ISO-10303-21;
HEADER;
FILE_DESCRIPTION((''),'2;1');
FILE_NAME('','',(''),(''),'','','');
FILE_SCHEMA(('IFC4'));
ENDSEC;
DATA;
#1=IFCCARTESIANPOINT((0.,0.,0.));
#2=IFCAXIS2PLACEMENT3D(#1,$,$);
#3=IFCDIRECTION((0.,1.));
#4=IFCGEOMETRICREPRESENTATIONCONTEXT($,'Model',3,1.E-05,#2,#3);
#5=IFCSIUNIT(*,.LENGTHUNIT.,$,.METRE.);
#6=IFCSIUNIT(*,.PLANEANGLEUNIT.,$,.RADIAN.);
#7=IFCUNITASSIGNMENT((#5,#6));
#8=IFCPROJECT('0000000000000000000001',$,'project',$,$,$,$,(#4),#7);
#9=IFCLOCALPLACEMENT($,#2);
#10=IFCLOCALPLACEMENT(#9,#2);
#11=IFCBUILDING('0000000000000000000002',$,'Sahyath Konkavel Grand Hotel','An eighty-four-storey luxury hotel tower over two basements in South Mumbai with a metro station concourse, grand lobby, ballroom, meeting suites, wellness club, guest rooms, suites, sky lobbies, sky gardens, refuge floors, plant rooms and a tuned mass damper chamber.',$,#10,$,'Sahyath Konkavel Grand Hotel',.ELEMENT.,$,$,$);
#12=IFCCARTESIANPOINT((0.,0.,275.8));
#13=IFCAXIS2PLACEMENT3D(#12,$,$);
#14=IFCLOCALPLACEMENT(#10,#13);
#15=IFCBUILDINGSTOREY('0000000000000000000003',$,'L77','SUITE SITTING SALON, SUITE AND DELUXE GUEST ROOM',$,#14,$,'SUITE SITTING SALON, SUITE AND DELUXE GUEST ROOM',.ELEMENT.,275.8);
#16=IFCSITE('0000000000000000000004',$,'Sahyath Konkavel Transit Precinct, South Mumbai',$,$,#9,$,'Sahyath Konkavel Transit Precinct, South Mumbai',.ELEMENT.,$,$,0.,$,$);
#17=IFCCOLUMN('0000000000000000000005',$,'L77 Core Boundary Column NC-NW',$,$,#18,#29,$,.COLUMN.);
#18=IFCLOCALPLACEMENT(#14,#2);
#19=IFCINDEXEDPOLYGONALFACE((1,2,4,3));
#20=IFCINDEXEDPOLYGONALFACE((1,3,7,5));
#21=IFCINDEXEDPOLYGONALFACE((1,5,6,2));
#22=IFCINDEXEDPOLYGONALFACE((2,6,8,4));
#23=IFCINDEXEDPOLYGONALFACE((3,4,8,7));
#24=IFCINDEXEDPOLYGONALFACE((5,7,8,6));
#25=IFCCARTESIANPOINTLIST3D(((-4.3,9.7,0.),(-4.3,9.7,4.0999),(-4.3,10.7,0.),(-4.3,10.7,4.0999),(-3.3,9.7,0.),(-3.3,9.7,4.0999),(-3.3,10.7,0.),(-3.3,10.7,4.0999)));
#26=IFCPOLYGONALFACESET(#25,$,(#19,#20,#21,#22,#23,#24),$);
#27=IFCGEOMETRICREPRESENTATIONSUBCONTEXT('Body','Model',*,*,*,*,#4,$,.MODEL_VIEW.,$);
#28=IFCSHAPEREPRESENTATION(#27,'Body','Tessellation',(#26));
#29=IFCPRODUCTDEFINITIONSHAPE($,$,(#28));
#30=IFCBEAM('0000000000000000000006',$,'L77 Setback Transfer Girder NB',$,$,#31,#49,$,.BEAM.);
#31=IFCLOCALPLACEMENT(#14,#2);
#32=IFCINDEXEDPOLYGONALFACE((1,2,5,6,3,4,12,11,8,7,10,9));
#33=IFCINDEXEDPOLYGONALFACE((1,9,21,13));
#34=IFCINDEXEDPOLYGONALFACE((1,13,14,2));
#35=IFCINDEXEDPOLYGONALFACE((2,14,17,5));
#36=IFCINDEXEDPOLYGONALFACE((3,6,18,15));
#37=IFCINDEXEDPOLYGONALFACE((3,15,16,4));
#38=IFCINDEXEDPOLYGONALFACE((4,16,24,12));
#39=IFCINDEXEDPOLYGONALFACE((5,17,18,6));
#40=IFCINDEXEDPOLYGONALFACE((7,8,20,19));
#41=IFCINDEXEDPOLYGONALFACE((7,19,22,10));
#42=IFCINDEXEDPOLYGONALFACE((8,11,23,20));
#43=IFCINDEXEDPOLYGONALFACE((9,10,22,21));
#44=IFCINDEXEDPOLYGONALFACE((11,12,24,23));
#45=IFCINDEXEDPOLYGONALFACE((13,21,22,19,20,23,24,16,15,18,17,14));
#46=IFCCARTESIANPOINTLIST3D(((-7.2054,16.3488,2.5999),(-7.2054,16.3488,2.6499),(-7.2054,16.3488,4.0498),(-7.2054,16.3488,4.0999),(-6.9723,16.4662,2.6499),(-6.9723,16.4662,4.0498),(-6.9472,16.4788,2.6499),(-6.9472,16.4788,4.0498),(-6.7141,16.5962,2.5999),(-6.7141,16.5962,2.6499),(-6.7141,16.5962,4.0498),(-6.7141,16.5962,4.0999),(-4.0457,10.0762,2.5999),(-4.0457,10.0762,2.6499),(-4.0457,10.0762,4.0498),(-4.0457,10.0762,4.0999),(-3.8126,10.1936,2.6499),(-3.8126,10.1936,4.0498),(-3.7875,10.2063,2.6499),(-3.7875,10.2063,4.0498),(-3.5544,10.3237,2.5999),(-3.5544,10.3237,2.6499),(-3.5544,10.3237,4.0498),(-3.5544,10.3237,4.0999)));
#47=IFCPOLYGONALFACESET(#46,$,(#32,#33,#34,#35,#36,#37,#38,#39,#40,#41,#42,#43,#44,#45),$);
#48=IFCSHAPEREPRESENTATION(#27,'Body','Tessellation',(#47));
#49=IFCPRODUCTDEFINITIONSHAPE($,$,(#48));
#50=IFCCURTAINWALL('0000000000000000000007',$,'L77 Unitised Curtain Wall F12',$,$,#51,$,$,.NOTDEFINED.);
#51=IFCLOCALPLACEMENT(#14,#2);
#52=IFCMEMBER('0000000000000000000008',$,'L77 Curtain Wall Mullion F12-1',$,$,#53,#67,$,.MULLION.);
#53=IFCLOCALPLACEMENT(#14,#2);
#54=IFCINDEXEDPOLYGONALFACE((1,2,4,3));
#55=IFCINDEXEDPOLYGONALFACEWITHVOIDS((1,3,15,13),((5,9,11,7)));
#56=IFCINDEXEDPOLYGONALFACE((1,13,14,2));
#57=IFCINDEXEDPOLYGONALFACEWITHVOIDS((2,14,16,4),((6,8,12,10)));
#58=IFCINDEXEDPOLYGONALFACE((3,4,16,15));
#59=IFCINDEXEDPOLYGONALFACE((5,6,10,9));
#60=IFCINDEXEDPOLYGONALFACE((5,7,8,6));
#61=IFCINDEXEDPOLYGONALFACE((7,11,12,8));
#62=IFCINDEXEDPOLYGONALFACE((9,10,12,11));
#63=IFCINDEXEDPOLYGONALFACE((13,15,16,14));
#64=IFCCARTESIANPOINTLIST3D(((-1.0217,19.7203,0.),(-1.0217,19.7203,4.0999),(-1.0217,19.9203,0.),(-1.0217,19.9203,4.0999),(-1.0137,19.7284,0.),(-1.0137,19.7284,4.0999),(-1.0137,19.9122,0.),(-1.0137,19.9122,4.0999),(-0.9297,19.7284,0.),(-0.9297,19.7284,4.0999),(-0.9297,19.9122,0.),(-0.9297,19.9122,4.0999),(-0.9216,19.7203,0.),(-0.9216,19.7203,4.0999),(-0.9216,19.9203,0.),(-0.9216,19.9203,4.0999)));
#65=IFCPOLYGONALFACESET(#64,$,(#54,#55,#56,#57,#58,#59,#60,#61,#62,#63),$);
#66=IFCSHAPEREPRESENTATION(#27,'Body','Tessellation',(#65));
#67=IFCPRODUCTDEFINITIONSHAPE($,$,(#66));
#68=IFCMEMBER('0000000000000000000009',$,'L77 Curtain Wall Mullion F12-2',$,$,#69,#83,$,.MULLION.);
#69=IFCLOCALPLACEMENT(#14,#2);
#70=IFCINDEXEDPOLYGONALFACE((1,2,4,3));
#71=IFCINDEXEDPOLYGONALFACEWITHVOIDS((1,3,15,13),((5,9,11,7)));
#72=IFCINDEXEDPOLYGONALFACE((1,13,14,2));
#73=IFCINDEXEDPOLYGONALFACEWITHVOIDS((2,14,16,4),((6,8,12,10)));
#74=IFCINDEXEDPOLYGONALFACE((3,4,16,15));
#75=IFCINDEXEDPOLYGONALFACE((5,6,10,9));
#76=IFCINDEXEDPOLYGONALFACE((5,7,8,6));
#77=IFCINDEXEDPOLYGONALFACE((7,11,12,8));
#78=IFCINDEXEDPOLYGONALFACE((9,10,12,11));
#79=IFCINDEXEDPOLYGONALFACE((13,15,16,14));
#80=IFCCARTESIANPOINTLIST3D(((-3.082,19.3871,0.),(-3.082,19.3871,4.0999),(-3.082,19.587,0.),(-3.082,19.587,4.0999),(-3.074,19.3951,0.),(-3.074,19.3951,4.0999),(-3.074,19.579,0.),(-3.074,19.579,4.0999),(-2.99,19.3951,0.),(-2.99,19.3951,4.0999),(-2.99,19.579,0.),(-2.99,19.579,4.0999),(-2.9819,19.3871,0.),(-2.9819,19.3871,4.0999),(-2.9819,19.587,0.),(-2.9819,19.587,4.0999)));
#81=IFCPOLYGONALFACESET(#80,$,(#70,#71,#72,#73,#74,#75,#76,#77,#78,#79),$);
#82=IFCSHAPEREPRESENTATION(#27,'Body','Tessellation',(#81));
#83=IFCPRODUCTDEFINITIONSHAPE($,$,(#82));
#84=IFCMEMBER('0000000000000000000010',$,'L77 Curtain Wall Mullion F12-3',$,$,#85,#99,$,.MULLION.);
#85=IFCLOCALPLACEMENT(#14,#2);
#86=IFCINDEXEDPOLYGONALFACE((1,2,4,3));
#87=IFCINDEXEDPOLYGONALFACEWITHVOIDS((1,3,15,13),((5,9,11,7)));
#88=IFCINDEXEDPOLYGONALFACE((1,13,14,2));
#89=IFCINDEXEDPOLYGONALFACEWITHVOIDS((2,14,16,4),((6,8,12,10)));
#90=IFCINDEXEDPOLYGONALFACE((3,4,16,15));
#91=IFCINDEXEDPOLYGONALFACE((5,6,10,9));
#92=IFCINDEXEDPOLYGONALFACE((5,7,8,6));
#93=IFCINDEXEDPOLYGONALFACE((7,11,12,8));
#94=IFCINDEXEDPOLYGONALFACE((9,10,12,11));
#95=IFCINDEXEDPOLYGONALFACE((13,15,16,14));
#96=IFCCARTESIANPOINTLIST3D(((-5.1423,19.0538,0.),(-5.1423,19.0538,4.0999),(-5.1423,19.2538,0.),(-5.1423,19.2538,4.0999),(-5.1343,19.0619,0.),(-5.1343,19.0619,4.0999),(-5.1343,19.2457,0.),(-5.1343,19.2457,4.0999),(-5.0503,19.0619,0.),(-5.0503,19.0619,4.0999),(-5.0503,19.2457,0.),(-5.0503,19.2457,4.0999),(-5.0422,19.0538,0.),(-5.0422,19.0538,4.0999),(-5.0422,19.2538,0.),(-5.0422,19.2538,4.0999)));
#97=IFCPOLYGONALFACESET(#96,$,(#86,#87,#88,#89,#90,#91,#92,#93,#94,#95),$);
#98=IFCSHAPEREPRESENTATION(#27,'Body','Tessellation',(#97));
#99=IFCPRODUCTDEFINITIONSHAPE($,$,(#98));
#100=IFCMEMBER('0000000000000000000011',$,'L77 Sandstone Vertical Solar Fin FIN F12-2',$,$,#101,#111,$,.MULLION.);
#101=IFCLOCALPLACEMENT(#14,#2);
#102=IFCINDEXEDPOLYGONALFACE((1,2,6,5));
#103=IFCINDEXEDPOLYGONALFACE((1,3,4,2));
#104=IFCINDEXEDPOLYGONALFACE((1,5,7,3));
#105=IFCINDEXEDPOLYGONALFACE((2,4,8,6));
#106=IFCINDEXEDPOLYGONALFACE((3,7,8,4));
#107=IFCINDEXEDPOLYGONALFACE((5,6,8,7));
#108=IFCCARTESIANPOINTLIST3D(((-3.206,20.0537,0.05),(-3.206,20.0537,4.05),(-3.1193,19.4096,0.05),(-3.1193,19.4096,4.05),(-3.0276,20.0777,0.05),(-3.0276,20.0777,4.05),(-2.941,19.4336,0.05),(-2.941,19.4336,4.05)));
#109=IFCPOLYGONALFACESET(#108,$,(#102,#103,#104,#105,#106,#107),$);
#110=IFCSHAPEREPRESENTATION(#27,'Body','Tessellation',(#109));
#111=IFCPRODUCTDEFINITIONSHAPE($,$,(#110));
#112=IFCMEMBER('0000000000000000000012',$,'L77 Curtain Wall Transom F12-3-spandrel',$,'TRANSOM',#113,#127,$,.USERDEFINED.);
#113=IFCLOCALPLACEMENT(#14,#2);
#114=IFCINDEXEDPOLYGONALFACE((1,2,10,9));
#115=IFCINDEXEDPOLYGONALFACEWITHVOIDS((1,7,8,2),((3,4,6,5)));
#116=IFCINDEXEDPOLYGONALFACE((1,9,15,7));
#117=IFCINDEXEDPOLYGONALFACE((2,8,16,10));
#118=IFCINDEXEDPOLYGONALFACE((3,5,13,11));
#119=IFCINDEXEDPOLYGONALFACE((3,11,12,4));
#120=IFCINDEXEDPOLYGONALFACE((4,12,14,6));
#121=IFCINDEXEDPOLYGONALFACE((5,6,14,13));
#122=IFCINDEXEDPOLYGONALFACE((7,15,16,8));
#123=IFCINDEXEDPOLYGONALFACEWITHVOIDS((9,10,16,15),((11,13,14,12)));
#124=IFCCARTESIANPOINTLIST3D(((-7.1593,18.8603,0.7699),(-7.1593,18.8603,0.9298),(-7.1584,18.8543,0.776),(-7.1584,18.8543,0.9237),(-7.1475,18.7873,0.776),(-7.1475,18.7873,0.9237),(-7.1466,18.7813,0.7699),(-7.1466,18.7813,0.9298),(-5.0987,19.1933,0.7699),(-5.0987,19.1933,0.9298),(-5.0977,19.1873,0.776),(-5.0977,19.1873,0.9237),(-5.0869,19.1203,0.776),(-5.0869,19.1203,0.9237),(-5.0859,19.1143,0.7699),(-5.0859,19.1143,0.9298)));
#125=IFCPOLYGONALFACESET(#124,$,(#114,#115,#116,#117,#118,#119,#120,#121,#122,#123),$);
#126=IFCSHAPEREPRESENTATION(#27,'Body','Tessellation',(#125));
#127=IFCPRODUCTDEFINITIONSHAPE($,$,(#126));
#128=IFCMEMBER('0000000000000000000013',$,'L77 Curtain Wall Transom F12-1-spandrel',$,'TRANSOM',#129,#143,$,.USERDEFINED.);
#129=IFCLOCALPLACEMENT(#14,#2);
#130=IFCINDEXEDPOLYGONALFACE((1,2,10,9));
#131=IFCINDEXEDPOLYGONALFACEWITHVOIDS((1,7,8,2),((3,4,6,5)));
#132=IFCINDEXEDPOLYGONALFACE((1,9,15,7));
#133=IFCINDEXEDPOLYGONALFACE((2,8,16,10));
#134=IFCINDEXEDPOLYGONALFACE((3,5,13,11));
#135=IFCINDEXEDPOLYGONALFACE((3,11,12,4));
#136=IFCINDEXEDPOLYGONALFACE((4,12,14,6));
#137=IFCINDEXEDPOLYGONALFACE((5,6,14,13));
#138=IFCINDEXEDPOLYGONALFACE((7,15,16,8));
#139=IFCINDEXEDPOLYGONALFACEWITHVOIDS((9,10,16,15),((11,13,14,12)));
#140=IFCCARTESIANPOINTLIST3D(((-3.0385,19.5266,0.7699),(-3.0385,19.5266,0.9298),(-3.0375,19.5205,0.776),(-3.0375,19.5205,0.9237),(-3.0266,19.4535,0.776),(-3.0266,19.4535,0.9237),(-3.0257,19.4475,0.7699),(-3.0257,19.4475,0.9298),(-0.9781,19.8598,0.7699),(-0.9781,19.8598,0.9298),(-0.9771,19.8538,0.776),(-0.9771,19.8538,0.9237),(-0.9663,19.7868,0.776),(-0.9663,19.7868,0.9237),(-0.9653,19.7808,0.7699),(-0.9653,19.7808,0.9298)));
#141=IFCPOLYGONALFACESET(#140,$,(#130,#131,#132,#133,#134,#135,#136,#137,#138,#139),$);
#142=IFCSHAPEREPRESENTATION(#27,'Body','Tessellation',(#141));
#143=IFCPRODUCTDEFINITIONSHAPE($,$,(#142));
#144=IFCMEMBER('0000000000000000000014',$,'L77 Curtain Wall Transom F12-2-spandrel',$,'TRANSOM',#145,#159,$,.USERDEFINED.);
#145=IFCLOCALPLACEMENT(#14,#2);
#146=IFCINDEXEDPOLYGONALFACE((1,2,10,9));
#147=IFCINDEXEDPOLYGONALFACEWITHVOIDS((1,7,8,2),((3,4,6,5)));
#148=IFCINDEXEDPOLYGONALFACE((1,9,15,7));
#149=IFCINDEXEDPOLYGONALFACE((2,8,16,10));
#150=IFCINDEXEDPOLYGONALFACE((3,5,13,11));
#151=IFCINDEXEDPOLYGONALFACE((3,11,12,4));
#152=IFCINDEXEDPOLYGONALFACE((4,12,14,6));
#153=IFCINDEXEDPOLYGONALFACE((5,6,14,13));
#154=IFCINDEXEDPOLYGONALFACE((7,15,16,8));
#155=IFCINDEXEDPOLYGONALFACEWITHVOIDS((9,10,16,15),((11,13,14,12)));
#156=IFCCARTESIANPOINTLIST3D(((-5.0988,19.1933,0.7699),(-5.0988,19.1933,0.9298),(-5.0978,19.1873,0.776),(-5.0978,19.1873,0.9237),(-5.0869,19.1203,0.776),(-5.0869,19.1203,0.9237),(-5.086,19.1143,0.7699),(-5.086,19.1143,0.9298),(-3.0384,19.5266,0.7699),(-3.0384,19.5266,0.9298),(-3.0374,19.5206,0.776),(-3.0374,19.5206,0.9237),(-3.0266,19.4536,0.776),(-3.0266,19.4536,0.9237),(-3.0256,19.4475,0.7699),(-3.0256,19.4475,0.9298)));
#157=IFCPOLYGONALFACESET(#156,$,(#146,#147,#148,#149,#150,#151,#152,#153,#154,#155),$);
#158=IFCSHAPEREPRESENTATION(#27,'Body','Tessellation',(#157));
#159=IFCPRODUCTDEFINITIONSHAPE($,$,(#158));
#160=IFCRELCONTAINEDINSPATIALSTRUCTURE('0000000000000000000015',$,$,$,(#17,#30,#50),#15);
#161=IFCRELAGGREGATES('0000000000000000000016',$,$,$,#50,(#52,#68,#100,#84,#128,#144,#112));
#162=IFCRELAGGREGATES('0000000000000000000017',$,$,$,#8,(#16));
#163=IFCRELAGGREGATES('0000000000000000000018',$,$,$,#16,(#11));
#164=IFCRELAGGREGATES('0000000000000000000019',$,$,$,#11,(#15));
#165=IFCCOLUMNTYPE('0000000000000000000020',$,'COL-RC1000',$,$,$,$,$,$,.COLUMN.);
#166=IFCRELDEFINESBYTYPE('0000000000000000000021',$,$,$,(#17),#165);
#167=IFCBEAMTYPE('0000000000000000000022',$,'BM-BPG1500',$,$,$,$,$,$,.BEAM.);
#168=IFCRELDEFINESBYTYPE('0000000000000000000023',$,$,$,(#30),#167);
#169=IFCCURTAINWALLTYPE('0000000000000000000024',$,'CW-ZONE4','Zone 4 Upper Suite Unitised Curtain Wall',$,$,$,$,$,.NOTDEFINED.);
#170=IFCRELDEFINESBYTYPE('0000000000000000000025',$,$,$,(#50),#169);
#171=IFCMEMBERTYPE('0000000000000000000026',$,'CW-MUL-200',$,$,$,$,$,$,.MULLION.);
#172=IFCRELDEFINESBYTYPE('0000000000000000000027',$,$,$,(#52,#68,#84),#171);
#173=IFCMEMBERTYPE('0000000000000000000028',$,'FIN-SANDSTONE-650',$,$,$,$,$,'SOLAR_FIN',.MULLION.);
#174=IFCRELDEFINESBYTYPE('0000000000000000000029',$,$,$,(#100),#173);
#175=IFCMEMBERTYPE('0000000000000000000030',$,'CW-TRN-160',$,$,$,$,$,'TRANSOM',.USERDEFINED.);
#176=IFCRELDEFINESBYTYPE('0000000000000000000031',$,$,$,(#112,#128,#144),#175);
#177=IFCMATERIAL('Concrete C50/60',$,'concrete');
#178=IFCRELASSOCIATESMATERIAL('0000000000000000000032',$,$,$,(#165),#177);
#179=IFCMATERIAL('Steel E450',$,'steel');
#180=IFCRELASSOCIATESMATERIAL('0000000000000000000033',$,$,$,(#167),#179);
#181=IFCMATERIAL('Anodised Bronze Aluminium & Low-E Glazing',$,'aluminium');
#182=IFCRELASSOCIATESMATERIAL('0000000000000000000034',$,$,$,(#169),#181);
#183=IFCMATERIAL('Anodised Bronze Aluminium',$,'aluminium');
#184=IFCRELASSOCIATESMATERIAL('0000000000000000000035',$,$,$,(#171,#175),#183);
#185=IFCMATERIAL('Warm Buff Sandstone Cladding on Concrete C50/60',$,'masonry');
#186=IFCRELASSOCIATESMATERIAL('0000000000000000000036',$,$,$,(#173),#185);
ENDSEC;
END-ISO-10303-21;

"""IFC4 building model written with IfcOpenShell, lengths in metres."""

from ifc_helpers import new_model, si_unit, direction, frame, origin, origin_2d, place, context, subcontext, project, spatial, rectangle, hollow_rectangle, i_section, extrude, source, transform, mapped, material, material_profile, profile_set, type_object, element, aggregate, save


model = new_model("IFC4")

# Units and contexts
model_context = context("Model", 3, precision=1e-05, world=origin(), true_north=direction((0.0, 1.0)))
body_context = subcontext(model_context, "Body", "Model", "MODEL_VIEW")
ifc_project = project(units=[si_unit("LENGTHUNIT", "METRE"), si_unit("PLANEANGLEUNIT", "RADIAN")], contexts=[model_context])

# Site, building, storey
site_placement = place(None, origin())
site = spatial("IfcSite", under=ifc_project, at=site_placement, Name="Sahyath Konkavel Transit Precinct, South Mumbai", LongName="Sahyath Konkavel Transit Precinct, South Mumbai", CompositionType="ELEMENT", RefElevation=0.0)
building_placement = place(site_placement, origin())
building = spatial("IfcBuilding", under=site, at=building_placement, Name="Sahyath Konkavel Grand Hotel", Description="An eighty-four-storey luxury hotel tower over two basements in South Mumbai with a metro station concourse, grand lobby, ballroom, meeting suites, wellness club, guest rooms, suites, sky lobbies, sky gardens, refuge floors, plant rooms and a tuned mass damper chamber.", LongName="Sahyath Konkavel Grand Hotel", CompositionType="ELEMENT")
storey_placement = place(building_placement, frame((0.0, 0.0, 275.8)))
storey = spatial("IfcBuildingStorey", under=building, at=storey_placement, Name="L77", Description="SUITE SITTING SALON, SUITE AND DELUXE GUEST ROOM", LongName="SUITE SITTING SALON, SUITE AND DELUXE GUEST ROOM", CompositionType="ELEMENT", Elevation=275.8)

# Column
ifc_material_1 = material(Name="Concrete C50/60", Category="concrete")
ifc_material_profile_1 = material_profile(ifc_material_1, rectangle(XDim=1.0, YDim=1.0, at=origin_2d()), Name="RC 1000x1000")
ifc_profile_set_1 = profile_set([ifc_material_profile_1], Name="Concrete C50/60")
column_type = type_object("IfcColumnType", Name="COL-RC1000", PredefinedType="COLUMN", material=ifc_profile_set_1)
shared_shape_1 = source(origin(), body_context, "Body", "SweptSolid", [
    extrude(rectangle(XDim=1.0, YDim=1.0, at=origin_2d()), origin(), (0.0, 0.0, 1.0), 4.0999),
])
column_placement = place(storey_placement, frame((-3.8, 10.2, 0.0), z_axis=(0.0, 0.0, 1.0), x_axis=(1.0, 0.0, 0.0)))
element("IfcColumn", 1, at=column_placement, inside=storey, type_object=column_type, Name="L77 Core Boundary Column NC-NW", PredefinedType="COLUMN", context=body_context, shape_type="MappedRepresentation", body=[
    mapped(shared_shape_1, transform((0.0, 0.0, 0.0), scale=1.0)),
])

# Beam
ifc_material_2 = material(Name="Steel E450", Category="steel")
ifc_material_profile_2 = material_profile(ifc_material_2, i_section(OverallWidth=0.55, OverallDepth=1.5, WebThickness=0.0281, FlangeThickness=0.05, at=origin_2d()), Name="BPG 1500x550")
ifc_profile_set_2 = profile_set([ifc_material_profile_2], Name="Steel E450")
beam_type_1 = type_object("IfcBeamType", Name="BM-BPG1500", PredefinedType="BEAM", material=ifc_profile_set_2)
shared_shape_2 = source(origin(), body_context, "Body", "SweptSolid", [
    extrude(i_section(OverallWidth=0.55, OverallDepth=1.5, WebThickness=0.0281, FlangeThickness=0.05, at=origin_2d()), origin(), (0.0, 0.0, 1.0), 7.0234),
])
beam_1_placement = place(storey_placement, frame((-3.8, 10.2, 3.3499), z_axis=(-0.449881, 0.893088, 0.0), x_axis=(-0.893088, -0.449881, 0.0)))
element("IfcBeam", 2, at=beam_1_placement, inside=storey, type_object=beam_type_1, Name="L77 Setback Transfer Girder NB", PredefinedType="BEAM", context=body_context, shape_type="MappedRepresentation", body=[
    mapped(shared_shape_2, transform((0.0, 0.0, 0.0), scale=1.0)),
])

# Curtain wall, members
ifc_material_3 = material(Name="Anodised Bronze Aluminium & Low-E Glazing", Category="aluminium")
curtain_wall_type = type_object("IfcCurtainWallType", Name="CW-ZONE4", Description="Zone 4 Upper Suite Unitised Curtain Wall", PredefinedType="NOTDEFINED", material=ifc_material_3)
curtain_wall_placement = place(storey_placement, origin())
curtain_wall = element("IfcCurtainWall", 3, at=curtain_wall_placement, inside=storey, type_object=curtain_wall_type, Name="L77 Unitised Curtain Wall F12", PredefinedType="NOTDEFINED")
ifc_material_4 = material(Name="Anodised Bronze Aluminium", Category="aluminium")
ifc_material_profile_3 = material_profile(ifc_material_4, hollow_rectangle(XDim=0.1001, YDim=0.2, WallThickness=0.0081, at=origin_2d()), Name="RHS 200x100x8")
ifc_profile_set_3 = profile_set([ifc_material_profile_3], Name="Anodised Bronze Aluminium")
member_type_1 = type_object("IfcMemberType", Name="CW-MUL-200", PredefinedType="MULLION", material=ifc_profile_set_3)
shared_shape_3 = source(origin(), body_context, "Body", "SweptSolid", [
    extrude(hollow_rectangle(XDim=0.1001, YDim=0.2, WallThickness=0.0081, at=origin_2d()), origin(), (0.0, 0.0, 1.0), 4.0999),
])
member_1_placement = place(storey_placement, frame((-0.9717, 19.8203, 0.0), z_axis=(0.0, 0.0, 1.0), x_axis=(1.0, 0.0, 0.0)))
member_1 = element("IfcMember", 4, at=member_1_placement, type_object=member_type_1, Name="L77 Curtain Wall Mullion F12-1", PredefinedType="MULLION", context=body_context, shape_type="MappedRepresentation", body=[
    mapped(shared_shape_3, transform((0.0, 0.0, 0.0), scale=1.0)),
])
member_2_placement = place(storey_placement, frame((-3.032, 19.4871, 0.0), z_axis=(0.0, 0.0, 1.0), x_axis=(1.0, 0.0, 0.0)))
member_2 = element("IfcMember", 5, at=member_2_placement, type_object=member_type_1, Name="L77 Curtain Wall Mullion F12-2", PredefinedType="MULLION", context=body_context, shape_type="MappedRepresentation", body=[
    mapped(shared_shape_3, transform((0.0, 0.0, 0.0), scale=1.0)),
])
member_3_placement = place(storey_placement, frame((-5.0923, 19.1538, 0.0), z_axis=(0.0, 0.0, 1.0), x_axis=(1.0, 0.0, 0.0)))
member_3 = element("IfcMember", 6, at=member_3_placement, type_object=member_type_1, Name="L77 Curtain Wall Mullion F12-3", PredefinedType="MULLION", context=body_context, shape_type="MappedRepresentation", body=[
    mapped(shared_shape_3, transform((0.0, 0.0, 0.0), scale=1.0)),
])
ifc_material_5 = material(Name="Warm Buff Sandstone Cladding on Concrete C50/60", Category="masonry")
ifc_material_profile_4 = material_profile(ifc_material_5, rectangle(XDim=0.1799, YDim=0.6499, at=origin_2d()), Name="FIN 180x650")
ifc_profile_set_4 = profile_set([ifc_material_profile_4], Name="Warm Buff Sandstone Cladding on Concrete C50/60")
member_type_2 = type_object("IfcMemberType", Name="FIN-SANDSTONE-650", ElementType="SOLAR_FIN", PredefinedType="MULLION", material=ifc_profile_set_4)
shared_shape_4 = source(origin(), body_context, "Body", "SweptSolid", [
    extrude(rectangle(XDim=0.1799, YDim=0.6499, at=origin_2d()), origin(), (0.0, 0.0, 1.0), 4.0),
])
member_4_placement = place(storey_placement, frame((-3.0735, 19.7437, 0.05), z_axis=(0.0, 0.0, 1.0), x_axis=(0.991076, 0.133294, 0.0)))
member_4 = element("IfcMember", 7, at=member_4_placement, type_object=member_type_2, Name="L77 Sandstone Vertical Solar Fin FIN F12-2", PredefinedType="MULLION", context=body_context, shape_type="MappedRepresentation", body=[
    mapped(shared_shape_4, transform((0.0, 0.0, 0.0), scale=1.0)),
])
ifc_material_profile_5 = material_profile(ifc_material_4, hollow_rectangle(XDim=0.0801, YDim=0.1599, WallThickness=0.0061, at=origin_2d()), Name="RHS 160x80x6")
ifc_profile_set_5 = profile_set([ifc_material_profile_5], Name="Anodised Bronze Aluminium")
member_type_3 = type_object("IfcMemberType", Name="CW-TRN-160", ElementType="TRANSOM", PredefinedType="USERDEFINED", material=ifc_profile_set_5)
shared_shape_5 = source(origin(), body_context, "Body", "SweptSolid", [
    extrude(hollow_rectangle(XDim=0.0801, YDim=0.1599, WallThickness=0.0061, at=origin_2d()), origin(), (0.0, 0.0, 1.0), 2.0874),
])
member_5_placement = place(storey_placement, frame((-5.0923, 19.1538, 0.8499), z_axis=(-0.987191, -0.159541, 0.0), x_axis=(0.159541, -0.987191, 0.0)))
member_5 = element("IfcMember", 8, at=member_5_placement, type_object=member_type_3, Name="L77 Curtain Wall Transom F12-3-spandrel", ObjectType="TRANSOM", PredefinedType="USERDEFINED", context=body_context, shape_type="MappedRepresentation", body=[
    mapped(shared_shape_5, transform((0.0, 0.0, 0.0), scale=1.0)),
])
shared_shape_6 = source(origin(), body_context, "Body", "SweptSolid", [
    extrude(hollow_rectangle(XDim=0.0801, YDim=0.1599, WallThickness=0.0061, at=origin_2d()), origin(), (0.0, 0.0, 1.0), 2.0872),
])
member_6_placement = place(storey_placement, frame((-0.9717, 19.8203, 0.8499), z_axis=(-0.98717, -0.159674, 0.0), x_axis=(0.159674, -0.98717, 0.0)))
member_6 = element("IfcMember", 9, at=member_6_placement, type_object=member_type_3, Name="L77 Curtain Wall Transom F12-1-spandrel", ObjectType="TRANSOM", PredefinedType="USERDEFINED", context=body_context, shape_type="MappedRepresentation", body=[
    mapped(shared_shape_6, transform((0.0, 0.0, 0.0), scale=1.0)),
])
member_7_placement = place(storey_placement, frame((-3.032, 19.4871, 0.8499), z_axis=(-0.98717, -0.159674, 0.0), x_axis=(0.159674, -0.98717, 0.0)))
member_7 = element("IfcMember", 10, at=member_7_placement, type_object=member_type_3, Name="L77 Curtain Wall Transom F12-2-spandrel", ObjectType="TRANSOM", PredefinedType="USERDEFINED", context=body_context, shape_type="MappedRepresentation", body=[
    mapped(shared_shape_6, transform((0.0, 0.0, 0.0), scale=1.0)),
])

aggregate(curtain_wall, [member_1, member_2, member_4, member_3, member_6, member_7, member_5])

save(model, "model.ifc")
